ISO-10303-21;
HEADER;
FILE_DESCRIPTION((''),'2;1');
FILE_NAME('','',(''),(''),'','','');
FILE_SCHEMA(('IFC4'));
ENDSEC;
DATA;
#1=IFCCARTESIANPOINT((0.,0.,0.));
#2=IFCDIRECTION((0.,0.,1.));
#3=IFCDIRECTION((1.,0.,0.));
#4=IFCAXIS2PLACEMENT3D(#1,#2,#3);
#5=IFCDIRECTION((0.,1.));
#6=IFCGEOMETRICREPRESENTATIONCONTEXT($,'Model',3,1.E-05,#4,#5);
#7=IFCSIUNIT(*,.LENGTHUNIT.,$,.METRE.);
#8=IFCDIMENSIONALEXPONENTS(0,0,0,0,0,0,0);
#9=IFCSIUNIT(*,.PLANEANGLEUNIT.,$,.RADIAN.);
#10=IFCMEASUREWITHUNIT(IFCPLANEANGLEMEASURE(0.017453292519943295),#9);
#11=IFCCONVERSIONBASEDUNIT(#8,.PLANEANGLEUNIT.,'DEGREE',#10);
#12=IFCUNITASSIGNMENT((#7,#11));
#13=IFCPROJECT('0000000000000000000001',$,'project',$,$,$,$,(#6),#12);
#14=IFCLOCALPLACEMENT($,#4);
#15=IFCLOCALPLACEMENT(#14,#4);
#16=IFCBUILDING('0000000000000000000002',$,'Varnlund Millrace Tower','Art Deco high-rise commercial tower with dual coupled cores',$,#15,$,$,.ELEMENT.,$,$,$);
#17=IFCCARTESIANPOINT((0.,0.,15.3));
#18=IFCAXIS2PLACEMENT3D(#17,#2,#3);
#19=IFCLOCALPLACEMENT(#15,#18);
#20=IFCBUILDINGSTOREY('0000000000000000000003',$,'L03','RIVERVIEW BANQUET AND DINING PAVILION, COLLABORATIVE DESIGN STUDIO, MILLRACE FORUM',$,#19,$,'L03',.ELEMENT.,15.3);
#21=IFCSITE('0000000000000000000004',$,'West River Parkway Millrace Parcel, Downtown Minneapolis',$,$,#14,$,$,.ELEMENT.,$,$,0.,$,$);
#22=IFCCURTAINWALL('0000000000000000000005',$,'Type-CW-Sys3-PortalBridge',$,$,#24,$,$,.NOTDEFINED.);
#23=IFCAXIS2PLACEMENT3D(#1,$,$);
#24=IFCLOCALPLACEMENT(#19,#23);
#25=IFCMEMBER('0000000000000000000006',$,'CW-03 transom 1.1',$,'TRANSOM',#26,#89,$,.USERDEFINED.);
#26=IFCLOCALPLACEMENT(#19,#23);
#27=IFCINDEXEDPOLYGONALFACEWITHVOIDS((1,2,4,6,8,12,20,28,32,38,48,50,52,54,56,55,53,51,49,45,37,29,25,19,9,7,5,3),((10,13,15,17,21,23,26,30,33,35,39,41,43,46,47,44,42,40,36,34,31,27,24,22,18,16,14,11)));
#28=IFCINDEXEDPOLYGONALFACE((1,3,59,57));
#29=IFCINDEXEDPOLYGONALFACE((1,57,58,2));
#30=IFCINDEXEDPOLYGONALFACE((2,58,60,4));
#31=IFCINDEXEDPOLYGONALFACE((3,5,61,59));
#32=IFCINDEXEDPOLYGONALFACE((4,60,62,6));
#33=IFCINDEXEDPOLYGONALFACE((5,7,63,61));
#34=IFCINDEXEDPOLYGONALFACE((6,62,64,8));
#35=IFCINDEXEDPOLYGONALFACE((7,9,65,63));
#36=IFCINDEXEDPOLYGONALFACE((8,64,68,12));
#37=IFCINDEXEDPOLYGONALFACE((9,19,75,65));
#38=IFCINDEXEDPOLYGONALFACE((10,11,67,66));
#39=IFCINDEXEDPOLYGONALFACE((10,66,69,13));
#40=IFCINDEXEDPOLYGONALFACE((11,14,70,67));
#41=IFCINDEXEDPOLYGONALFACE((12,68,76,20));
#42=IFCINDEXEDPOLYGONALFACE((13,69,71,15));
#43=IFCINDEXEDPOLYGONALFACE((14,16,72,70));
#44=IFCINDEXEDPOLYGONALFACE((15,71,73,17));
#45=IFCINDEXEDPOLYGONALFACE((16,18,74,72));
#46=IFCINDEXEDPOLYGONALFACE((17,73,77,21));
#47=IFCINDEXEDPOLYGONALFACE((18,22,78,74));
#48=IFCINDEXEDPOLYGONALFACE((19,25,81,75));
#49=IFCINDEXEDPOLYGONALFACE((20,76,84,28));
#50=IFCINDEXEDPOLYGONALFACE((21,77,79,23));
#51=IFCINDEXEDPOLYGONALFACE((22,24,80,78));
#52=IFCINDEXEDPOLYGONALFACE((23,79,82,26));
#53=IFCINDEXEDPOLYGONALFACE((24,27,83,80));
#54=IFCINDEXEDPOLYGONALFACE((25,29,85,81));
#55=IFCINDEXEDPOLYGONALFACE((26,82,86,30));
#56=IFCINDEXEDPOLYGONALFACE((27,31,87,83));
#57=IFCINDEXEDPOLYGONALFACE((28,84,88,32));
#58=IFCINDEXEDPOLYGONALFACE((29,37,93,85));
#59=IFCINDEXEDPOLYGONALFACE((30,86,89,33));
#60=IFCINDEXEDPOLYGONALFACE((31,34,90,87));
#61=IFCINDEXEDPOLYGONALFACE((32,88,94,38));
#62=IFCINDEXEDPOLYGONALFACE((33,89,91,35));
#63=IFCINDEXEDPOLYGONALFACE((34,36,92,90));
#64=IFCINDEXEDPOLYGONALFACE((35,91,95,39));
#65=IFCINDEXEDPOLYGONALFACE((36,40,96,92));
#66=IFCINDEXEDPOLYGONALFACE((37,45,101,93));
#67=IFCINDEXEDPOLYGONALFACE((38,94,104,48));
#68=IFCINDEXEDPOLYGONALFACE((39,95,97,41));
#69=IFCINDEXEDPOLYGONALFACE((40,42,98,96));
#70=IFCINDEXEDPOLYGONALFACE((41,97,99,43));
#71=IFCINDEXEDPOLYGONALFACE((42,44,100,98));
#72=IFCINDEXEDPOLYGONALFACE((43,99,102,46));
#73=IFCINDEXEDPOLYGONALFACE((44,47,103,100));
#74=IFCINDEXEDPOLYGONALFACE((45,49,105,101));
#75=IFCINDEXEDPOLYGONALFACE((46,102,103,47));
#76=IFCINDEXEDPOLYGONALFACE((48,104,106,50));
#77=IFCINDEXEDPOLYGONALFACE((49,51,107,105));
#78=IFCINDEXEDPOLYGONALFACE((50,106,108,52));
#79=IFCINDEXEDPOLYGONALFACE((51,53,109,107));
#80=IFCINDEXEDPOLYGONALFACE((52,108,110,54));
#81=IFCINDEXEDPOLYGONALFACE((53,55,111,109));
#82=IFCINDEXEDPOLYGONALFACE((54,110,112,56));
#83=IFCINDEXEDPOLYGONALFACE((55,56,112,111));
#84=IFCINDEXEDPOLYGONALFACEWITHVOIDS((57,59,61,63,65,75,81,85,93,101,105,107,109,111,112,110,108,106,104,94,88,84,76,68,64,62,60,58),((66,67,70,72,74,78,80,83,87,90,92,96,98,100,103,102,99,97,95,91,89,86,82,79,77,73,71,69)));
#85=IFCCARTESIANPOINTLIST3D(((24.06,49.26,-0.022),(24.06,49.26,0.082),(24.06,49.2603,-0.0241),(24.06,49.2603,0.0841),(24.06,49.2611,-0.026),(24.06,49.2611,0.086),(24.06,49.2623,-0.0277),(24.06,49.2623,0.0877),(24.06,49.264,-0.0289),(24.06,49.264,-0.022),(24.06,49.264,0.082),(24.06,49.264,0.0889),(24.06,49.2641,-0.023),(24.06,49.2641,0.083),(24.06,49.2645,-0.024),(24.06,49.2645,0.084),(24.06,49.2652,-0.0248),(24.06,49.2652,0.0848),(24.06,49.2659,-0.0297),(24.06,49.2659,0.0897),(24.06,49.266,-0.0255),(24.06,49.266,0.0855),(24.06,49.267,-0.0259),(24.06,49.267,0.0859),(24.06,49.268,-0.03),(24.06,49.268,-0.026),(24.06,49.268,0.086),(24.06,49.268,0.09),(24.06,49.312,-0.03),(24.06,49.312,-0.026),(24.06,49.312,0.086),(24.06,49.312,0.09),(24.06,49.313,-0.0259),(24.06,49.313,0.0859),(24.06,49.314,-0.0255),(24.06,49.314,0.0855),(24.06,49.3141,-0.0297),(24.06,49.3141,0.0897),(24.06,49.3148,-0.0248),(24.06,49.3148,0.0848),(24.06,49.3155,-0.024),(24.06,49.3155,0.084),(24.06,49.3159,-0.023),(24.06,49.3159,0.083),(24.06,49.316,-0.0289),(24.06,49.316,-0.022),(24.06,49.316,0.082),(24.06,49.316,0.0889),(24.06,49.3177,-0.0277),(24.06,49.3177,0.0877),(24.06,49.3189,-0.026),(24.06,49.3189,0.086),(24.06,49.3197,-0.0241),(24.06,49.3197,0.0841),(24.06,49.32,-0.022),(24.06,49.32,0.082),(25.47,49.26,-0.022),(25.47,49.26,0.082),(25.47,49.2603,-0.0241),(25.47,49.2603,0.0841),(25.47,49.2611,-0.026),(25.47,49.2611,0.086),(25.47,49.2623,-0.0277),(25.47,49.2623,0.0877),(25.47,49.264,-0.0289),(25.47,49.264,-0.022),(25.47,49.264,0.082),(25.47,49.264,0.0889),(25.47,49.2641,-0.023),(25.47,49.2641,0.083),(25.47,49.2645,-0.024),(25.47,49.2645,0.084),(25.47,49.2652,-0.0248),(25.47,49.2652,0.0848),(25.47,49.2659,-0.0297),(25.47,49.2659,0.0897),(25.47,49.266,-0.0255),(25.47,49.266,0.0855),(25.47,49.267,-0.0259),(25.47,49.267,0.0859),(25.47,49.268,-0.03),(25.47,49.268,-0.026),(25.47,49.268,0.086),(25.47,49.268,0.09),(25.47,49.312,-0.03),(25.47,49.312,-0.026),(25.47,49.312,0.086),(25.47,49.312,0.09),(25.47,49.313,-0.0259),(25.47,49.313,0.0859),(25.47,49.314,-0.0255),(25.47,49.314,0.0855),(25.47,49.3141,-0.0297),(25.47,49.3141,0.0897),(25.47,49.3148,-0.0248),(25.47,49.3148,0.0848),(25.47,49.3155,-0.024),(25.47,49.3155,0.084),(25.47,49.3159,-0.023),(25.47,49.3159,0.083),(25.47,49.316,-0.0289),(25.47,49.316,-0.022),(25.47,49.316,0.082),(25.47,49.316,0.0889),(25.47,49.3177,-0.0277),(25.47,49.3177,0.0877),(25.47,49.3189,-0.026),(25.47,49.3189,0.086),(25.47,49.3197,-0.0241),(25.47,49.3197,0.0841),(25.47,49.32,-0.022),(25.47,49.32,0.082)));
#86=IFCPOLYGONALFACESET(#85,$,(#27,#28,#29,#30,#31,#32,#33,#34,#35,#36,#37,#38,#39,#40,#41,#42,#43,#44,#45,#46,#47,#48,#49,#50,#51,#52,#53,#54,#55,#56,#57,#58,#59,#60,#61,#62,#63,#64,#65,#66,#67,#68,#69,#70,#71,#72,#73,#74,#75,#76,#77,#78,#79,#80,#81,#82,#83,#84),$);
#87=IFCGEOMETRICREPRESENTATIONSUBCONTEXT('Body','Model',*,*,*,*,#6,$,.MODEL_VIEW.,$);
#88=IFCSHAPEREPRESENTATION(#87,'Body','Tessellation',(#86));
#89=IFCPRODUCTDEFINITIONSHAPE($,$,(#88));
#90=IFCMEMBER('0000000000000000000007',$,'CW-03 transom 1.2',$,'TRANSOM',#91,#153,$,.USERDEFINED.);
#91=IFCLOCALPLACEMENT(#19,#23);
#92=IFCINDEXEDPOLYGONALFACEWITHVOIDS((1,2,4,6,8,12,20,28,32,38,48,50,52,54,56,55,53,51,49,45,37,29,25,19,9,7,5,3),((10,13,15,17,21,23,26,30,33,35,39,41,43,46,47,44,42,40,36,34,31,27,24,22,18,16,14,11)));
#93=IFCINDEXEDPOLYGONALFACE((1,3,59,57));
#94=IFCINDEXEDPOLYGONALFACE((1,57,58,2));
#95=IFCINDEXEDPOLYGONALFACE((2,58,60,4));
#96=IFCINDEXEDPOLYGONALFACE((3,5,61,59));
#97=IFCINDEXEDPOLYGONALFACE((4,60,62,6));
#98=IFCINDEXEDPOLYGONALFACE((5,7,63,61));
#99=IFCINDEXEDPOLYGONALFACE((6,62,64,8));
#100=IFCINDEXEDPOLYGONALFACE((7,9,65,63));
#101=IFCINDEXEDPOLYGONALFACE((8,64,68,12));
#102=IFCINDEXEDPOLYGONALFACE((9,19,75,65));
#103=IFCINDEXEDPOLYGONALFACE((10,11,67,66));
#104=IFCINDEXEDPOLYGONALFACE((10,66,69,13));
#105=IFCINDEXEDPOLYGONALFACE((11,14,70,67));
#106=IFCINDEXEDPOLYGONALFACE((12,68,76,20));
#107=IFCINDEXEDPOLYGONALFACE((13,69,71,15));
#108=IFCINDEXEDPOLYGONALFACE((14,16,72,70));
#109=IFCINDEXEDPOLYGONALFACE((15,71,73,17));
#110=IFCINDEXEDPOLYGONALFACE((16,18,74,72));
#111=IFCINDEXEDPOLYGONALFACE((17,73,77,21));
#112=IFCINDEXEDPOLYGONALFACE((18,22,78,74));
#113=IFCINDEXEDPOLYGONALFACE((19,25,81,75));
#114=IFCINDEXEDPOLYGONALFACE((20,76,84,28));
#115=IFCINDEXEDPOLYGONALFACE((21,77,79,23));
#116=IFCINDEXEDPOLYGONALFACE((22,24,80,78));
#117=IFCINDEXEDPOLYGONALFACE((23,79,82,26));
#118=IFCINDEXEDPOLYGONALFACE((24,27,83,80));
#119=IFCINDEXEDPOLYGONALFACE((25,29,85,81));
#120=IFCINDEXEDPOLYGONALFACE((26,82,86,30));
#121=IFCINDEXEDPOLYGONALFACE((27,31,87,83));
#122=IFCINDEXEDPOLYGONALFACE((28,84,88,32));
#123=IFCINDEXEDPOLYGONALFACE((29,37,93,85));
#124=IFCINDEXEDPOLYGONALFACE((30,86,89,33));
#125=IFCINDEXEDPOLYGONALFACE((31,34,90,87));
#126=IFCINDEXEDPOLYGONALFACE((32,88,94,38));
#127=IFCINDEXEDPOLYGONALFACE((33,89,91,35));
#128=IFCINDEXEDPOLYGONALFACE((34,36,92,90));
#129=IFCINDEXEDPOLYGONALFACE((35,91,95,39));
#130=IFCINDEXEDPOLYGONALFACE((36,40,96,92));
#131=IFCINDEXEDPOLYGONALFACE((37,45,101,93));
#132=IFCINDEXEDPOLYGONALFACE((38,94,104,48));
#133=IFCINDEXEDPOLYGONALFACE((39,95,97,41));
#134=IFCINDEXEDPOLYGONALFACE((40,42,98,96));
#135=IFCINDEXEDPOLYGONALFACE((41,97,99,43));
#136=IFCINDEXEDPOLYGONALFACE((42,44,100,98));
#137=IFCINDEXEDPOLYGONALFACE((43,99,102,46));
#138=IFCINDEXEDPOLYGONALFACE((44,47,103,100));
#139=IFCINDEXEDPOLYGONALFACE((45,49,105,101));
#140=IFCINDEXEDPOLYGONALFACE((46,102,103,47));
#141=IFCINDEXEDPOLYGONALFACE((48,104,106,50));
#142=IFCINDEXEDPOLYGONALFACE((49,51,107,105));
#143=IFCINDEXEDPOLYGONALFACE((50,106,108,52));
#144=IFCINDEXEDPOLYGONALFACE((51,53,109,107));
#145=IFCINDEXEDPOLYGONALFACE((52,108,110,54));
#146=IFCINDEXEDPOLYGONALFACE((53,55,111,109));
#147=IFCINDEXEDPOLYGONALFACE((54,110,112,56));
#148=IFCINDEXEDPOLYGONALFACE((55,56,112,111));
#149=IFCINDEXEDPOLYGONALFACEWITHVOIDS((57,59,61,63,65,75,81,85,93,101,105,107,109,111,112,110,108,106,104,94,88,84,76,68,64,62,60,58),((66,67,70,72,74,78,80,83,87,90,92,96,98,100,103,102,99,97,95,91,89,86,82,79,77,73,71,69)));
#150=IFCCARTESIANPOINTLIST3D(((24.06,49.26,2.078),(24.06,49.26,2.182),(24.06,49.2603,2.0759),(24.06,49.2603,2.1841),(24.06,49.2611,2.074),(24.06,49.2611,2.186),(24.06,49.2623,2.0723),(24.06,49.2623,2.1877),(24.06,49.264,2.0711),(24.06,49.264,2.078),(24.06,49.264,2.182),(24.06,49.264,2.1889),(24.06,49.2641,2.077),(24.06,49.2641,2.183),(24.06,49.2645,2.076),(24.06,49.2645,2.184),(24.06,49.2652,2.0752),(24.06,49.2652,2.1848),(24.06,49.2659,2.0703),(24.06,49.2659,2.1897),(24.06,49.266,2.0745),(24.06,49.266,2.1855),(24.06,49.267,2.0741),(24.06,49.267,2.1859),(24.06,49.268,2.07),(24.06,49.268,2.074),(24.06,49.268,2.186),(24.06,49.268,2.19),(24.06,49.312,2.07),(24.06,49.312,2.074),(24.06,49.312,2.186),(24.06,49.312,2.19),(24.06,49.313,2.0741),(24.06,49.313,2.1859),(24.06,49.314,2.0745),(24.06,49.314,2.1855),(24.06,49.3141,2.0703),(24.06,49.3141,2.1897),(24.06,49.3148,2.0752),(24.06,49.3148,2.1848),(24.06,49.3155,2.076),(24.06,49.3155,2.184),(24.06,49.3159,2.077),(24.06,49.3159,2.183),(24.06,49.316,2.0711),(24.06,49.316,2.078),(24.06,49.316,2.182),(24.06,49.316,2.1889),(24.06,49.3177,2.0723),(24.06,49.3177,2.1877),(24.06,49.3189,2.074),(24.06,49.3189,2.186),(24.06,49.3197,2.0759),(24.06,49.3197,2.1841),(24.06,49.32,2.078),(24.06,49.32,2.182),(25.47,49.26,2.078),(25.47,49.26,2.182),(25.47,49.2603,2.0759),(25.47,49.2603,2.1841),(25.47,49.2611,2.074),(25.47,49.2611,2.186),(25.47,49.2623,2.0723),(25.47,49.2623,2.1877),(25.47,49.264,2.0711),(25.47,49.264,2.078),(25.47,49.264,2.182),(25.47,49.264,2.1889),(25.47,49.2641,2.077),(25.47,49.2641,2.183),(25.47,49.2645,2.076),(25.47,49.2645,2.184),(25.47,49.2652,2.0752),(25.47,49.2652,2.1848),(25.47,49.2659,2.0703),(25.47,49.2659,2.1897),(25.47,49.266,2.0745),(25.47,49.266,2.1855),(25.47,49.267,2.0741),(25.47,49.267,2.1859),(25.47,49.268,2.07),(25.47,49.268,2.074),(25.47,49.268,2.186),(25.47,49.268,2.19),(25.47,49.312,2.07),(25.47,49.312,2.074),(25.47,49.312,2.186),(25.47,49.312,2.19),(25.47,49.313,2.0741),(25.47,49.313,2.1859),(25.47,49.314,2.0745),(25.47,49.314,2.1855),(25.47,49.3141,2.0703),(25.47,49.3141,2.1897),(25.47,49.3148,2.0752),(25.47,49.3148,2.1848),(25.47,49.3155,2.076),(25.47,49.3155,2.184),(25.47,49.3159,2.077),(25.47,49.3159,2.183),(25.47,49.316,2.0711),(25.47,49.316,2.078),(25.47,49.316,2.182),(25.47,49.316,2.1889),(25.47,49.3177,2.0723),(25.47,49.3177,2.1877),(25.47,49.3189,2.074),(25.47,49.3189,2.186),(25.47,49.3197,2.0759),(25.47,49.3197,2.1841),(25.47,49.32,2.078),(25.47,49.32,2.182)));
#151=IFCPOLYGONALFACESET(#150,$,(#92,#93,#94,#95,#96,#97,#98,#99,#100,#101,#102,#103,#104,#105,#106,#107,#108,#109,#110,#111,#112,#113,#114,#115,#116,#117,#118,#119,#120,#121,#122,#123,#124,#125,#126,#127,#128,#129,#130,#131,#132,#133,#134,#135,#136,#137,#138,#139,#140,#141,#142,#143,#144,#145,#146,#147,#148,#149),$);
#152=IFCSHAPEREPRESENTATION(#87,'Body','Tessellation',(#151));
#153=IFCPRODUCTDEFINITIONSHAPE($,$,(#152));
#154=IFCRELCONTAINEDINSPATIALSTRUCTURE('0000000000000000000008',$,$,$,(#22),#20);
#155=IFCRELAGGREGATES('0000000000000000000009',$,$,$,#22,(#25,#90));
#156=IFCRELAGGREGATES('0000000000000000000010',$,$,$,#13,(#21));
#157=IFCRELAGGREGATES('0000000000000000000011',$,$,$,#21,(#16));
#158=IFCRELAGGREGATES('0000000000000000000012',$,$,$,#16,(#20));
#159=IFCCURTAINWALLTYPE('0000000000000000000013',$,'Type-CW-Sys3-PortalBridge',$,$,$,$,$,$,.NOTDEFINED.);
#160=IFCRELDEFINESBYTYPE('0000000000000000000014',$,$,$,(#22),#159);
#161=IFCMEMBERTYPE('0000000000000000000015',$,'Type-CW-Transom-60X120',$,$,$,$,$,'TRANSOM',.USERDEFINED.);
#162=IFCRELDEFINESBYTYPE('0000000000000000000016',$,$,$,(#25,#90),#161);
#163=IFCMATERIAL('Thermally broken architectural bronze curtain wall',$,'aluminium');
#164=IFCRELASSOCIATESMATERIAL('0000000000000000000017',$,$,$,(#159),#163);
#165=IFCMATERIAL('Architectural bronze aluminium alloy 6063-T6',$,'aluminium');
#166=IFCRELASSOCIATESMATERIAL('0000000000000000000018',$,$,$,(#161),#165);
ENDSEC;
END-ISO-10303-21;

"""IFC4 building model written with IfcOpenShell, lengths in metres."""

from ifc_helpers import new_model, entity, si_unit, converted_unit, direction, frame, origin_with_axes, origin_2d_with_axis, place, context, subcontext, project, spatial, hollow_rectangle, extrude, material, material_profile, profile_set, type_object, element, aggregate, save


model = new_model("IFC4")

# Units and contexts
model_context = context("Model", 3, precision=1e-05, world=origin_with_axes(), true_north=direction((0.0, 1.0)))
body_context = subcontext(model_context, "Body", "Model", "MODEL_VIEW")
ifc_project = project(units=[si_unit("LENGTHUNIT", "METRE"), converted_unit("PLANEANGLEUNIT", "DEGREE", entity("IfcPlaneAngleMeasure", 0.017453292519943295), si_unit("PLANEANGLEUNIT", "RADIAN"), dimensions=[0, 0, 0, 0, 0, 0, 0])], contexts=[model_context])

# Site, building, storey
site_placement = place(None, origin_with_axes())
site = spatial("IfcSite", under=ifc_project, at=site_placement, Name="West River Parkway Millrace Parcel, Downtown Minneapolis", CompositionType="ELEMENT", RefElevation=0.0)
building_placement = place(site_placement, origin_with_axes())
building = spatial("IfcBuilding", under=site, at=building_placement, Name="Varnlund Millrace Tower", Description="Art Deco high-rise commercial tower with dual coupled cores", CompositionType="ELEMENT")
storey_placement = place(building_placement, frame((0.0, 0.0, 15.3), z_axis=(0.0, 0.0, 1.0), x_axis=(1.0, 0.0, 0.0)))
storey = spatial("IfcBuildingStorey", under=building, at=storey_placement, Name="L03", Description="RIVERVIEW BANQUET AND DINING PAVILION, COLLABORATIVE DESIGN STUDIO, MILLRACE FORUM", LongName="L03", CompositionType="ELEMENT", Elevation=15.3)

# Curtain wall, members
ifc_material_1 = material(Name="Thermally broken architectural bronze curtain wall", Category="aluminium")
curtain_wall_type = type_object("IfcCurtainWallType", Name="Type-CW-Sys3-PortalBridge", PredefinedType="NOTDEFINED", material=ifc_material_1)
curtain_wall_placement = place(storey_placement, frame((24.0, 49.29, 0.0), z_axis=(0.0, 0.0, 1.0), x_axis=(1.0, 0.0, 0.0)))
curtain_wall = element("IfcCurtainWall", 1, at=curtain_wall_placement, inside=storey, type_object=curtain_wall_type, Name="Type-CW-Sys3-PortalBridge", PredefinedType="NOTDEFINED")
ifc_material_2 = material(Name="Architectural bronze aluminium alloy 6063-T6", Category="aluminium")
ifc_material_profile_1 = material_profile(ifc_material_2, hollow_rectangle(XDim=0.06, YDim=0.12, WallThickness=0.004, InnerFilletRadius=0.004, OuterFilletRadius=0.008, at=origin_2d_with_axis()), Name="Architectural bronze aluminium alloy 6063-T6")
ifc_profile_set_1 = profile_set([ifc_material_profile_1], Name="Architectural bronze aluminium alloy 6063-T6")
member_type_1 = type_object("IfcMemberType", Name="Type-CW-Transom-60X120", ElementType="TRANSOM", PredefinedType="USERDEFINED", material=ifc_profile_set_1)
member_1_placement = place(storey_placement, frame((24.06, 49.29, 0.03), z_axis=(1.0, 0.0, 0.0), x_axis=(0.0, 1.0, 0.0)))
member_1 = element("IfcMember", 2, at=member_1_placement, type_object=member_type_1, Name="CW-03 transom 1.1", ObjectType="TRANSOM", PredefinedType="USERDEFINED", context=body_context, shape_type="SweptSolid", body=[
    extrude(hollow_rectangle(XDim=0.06, YDim=0.12, WallThickness=0.004, InnerFilletRadius=0.004, OuterFilletRadius=0.008, at=origin_2d_with_axis()), origin_with_axes(), (0.0, 0.0, 1.0), 1.41),
])
member_2_placement = place(storey_placement, frame((24.06, 49.29, 2.13), z_axis=(1.0, 0.0, 0.0), x_axis=(0.0, 1.0, 0.0)))
member_2 = element("IfcMember", 3, at=member_2_placement, type_object=member_type_1, Name="CW-03 transom 1.2", ObjectType="TRANSOM", PredefinedType="USERDEFINED", context=body_context, shape_type="SweptSolid", body=[
    extrude(hollow_rectangle(XDim=0.06, YDim=0.12, WallThickness=0.004, InnerFilletRadius=0.004, OuterFilletRadius=0.008, at=origin_2d_with_axis()), origin_with_axes(), (0.0, 0.0, 1.0), 1.41),
])

aggregate(curtain_wall, [member_1, member_2])

save(model, "model.ifc")
